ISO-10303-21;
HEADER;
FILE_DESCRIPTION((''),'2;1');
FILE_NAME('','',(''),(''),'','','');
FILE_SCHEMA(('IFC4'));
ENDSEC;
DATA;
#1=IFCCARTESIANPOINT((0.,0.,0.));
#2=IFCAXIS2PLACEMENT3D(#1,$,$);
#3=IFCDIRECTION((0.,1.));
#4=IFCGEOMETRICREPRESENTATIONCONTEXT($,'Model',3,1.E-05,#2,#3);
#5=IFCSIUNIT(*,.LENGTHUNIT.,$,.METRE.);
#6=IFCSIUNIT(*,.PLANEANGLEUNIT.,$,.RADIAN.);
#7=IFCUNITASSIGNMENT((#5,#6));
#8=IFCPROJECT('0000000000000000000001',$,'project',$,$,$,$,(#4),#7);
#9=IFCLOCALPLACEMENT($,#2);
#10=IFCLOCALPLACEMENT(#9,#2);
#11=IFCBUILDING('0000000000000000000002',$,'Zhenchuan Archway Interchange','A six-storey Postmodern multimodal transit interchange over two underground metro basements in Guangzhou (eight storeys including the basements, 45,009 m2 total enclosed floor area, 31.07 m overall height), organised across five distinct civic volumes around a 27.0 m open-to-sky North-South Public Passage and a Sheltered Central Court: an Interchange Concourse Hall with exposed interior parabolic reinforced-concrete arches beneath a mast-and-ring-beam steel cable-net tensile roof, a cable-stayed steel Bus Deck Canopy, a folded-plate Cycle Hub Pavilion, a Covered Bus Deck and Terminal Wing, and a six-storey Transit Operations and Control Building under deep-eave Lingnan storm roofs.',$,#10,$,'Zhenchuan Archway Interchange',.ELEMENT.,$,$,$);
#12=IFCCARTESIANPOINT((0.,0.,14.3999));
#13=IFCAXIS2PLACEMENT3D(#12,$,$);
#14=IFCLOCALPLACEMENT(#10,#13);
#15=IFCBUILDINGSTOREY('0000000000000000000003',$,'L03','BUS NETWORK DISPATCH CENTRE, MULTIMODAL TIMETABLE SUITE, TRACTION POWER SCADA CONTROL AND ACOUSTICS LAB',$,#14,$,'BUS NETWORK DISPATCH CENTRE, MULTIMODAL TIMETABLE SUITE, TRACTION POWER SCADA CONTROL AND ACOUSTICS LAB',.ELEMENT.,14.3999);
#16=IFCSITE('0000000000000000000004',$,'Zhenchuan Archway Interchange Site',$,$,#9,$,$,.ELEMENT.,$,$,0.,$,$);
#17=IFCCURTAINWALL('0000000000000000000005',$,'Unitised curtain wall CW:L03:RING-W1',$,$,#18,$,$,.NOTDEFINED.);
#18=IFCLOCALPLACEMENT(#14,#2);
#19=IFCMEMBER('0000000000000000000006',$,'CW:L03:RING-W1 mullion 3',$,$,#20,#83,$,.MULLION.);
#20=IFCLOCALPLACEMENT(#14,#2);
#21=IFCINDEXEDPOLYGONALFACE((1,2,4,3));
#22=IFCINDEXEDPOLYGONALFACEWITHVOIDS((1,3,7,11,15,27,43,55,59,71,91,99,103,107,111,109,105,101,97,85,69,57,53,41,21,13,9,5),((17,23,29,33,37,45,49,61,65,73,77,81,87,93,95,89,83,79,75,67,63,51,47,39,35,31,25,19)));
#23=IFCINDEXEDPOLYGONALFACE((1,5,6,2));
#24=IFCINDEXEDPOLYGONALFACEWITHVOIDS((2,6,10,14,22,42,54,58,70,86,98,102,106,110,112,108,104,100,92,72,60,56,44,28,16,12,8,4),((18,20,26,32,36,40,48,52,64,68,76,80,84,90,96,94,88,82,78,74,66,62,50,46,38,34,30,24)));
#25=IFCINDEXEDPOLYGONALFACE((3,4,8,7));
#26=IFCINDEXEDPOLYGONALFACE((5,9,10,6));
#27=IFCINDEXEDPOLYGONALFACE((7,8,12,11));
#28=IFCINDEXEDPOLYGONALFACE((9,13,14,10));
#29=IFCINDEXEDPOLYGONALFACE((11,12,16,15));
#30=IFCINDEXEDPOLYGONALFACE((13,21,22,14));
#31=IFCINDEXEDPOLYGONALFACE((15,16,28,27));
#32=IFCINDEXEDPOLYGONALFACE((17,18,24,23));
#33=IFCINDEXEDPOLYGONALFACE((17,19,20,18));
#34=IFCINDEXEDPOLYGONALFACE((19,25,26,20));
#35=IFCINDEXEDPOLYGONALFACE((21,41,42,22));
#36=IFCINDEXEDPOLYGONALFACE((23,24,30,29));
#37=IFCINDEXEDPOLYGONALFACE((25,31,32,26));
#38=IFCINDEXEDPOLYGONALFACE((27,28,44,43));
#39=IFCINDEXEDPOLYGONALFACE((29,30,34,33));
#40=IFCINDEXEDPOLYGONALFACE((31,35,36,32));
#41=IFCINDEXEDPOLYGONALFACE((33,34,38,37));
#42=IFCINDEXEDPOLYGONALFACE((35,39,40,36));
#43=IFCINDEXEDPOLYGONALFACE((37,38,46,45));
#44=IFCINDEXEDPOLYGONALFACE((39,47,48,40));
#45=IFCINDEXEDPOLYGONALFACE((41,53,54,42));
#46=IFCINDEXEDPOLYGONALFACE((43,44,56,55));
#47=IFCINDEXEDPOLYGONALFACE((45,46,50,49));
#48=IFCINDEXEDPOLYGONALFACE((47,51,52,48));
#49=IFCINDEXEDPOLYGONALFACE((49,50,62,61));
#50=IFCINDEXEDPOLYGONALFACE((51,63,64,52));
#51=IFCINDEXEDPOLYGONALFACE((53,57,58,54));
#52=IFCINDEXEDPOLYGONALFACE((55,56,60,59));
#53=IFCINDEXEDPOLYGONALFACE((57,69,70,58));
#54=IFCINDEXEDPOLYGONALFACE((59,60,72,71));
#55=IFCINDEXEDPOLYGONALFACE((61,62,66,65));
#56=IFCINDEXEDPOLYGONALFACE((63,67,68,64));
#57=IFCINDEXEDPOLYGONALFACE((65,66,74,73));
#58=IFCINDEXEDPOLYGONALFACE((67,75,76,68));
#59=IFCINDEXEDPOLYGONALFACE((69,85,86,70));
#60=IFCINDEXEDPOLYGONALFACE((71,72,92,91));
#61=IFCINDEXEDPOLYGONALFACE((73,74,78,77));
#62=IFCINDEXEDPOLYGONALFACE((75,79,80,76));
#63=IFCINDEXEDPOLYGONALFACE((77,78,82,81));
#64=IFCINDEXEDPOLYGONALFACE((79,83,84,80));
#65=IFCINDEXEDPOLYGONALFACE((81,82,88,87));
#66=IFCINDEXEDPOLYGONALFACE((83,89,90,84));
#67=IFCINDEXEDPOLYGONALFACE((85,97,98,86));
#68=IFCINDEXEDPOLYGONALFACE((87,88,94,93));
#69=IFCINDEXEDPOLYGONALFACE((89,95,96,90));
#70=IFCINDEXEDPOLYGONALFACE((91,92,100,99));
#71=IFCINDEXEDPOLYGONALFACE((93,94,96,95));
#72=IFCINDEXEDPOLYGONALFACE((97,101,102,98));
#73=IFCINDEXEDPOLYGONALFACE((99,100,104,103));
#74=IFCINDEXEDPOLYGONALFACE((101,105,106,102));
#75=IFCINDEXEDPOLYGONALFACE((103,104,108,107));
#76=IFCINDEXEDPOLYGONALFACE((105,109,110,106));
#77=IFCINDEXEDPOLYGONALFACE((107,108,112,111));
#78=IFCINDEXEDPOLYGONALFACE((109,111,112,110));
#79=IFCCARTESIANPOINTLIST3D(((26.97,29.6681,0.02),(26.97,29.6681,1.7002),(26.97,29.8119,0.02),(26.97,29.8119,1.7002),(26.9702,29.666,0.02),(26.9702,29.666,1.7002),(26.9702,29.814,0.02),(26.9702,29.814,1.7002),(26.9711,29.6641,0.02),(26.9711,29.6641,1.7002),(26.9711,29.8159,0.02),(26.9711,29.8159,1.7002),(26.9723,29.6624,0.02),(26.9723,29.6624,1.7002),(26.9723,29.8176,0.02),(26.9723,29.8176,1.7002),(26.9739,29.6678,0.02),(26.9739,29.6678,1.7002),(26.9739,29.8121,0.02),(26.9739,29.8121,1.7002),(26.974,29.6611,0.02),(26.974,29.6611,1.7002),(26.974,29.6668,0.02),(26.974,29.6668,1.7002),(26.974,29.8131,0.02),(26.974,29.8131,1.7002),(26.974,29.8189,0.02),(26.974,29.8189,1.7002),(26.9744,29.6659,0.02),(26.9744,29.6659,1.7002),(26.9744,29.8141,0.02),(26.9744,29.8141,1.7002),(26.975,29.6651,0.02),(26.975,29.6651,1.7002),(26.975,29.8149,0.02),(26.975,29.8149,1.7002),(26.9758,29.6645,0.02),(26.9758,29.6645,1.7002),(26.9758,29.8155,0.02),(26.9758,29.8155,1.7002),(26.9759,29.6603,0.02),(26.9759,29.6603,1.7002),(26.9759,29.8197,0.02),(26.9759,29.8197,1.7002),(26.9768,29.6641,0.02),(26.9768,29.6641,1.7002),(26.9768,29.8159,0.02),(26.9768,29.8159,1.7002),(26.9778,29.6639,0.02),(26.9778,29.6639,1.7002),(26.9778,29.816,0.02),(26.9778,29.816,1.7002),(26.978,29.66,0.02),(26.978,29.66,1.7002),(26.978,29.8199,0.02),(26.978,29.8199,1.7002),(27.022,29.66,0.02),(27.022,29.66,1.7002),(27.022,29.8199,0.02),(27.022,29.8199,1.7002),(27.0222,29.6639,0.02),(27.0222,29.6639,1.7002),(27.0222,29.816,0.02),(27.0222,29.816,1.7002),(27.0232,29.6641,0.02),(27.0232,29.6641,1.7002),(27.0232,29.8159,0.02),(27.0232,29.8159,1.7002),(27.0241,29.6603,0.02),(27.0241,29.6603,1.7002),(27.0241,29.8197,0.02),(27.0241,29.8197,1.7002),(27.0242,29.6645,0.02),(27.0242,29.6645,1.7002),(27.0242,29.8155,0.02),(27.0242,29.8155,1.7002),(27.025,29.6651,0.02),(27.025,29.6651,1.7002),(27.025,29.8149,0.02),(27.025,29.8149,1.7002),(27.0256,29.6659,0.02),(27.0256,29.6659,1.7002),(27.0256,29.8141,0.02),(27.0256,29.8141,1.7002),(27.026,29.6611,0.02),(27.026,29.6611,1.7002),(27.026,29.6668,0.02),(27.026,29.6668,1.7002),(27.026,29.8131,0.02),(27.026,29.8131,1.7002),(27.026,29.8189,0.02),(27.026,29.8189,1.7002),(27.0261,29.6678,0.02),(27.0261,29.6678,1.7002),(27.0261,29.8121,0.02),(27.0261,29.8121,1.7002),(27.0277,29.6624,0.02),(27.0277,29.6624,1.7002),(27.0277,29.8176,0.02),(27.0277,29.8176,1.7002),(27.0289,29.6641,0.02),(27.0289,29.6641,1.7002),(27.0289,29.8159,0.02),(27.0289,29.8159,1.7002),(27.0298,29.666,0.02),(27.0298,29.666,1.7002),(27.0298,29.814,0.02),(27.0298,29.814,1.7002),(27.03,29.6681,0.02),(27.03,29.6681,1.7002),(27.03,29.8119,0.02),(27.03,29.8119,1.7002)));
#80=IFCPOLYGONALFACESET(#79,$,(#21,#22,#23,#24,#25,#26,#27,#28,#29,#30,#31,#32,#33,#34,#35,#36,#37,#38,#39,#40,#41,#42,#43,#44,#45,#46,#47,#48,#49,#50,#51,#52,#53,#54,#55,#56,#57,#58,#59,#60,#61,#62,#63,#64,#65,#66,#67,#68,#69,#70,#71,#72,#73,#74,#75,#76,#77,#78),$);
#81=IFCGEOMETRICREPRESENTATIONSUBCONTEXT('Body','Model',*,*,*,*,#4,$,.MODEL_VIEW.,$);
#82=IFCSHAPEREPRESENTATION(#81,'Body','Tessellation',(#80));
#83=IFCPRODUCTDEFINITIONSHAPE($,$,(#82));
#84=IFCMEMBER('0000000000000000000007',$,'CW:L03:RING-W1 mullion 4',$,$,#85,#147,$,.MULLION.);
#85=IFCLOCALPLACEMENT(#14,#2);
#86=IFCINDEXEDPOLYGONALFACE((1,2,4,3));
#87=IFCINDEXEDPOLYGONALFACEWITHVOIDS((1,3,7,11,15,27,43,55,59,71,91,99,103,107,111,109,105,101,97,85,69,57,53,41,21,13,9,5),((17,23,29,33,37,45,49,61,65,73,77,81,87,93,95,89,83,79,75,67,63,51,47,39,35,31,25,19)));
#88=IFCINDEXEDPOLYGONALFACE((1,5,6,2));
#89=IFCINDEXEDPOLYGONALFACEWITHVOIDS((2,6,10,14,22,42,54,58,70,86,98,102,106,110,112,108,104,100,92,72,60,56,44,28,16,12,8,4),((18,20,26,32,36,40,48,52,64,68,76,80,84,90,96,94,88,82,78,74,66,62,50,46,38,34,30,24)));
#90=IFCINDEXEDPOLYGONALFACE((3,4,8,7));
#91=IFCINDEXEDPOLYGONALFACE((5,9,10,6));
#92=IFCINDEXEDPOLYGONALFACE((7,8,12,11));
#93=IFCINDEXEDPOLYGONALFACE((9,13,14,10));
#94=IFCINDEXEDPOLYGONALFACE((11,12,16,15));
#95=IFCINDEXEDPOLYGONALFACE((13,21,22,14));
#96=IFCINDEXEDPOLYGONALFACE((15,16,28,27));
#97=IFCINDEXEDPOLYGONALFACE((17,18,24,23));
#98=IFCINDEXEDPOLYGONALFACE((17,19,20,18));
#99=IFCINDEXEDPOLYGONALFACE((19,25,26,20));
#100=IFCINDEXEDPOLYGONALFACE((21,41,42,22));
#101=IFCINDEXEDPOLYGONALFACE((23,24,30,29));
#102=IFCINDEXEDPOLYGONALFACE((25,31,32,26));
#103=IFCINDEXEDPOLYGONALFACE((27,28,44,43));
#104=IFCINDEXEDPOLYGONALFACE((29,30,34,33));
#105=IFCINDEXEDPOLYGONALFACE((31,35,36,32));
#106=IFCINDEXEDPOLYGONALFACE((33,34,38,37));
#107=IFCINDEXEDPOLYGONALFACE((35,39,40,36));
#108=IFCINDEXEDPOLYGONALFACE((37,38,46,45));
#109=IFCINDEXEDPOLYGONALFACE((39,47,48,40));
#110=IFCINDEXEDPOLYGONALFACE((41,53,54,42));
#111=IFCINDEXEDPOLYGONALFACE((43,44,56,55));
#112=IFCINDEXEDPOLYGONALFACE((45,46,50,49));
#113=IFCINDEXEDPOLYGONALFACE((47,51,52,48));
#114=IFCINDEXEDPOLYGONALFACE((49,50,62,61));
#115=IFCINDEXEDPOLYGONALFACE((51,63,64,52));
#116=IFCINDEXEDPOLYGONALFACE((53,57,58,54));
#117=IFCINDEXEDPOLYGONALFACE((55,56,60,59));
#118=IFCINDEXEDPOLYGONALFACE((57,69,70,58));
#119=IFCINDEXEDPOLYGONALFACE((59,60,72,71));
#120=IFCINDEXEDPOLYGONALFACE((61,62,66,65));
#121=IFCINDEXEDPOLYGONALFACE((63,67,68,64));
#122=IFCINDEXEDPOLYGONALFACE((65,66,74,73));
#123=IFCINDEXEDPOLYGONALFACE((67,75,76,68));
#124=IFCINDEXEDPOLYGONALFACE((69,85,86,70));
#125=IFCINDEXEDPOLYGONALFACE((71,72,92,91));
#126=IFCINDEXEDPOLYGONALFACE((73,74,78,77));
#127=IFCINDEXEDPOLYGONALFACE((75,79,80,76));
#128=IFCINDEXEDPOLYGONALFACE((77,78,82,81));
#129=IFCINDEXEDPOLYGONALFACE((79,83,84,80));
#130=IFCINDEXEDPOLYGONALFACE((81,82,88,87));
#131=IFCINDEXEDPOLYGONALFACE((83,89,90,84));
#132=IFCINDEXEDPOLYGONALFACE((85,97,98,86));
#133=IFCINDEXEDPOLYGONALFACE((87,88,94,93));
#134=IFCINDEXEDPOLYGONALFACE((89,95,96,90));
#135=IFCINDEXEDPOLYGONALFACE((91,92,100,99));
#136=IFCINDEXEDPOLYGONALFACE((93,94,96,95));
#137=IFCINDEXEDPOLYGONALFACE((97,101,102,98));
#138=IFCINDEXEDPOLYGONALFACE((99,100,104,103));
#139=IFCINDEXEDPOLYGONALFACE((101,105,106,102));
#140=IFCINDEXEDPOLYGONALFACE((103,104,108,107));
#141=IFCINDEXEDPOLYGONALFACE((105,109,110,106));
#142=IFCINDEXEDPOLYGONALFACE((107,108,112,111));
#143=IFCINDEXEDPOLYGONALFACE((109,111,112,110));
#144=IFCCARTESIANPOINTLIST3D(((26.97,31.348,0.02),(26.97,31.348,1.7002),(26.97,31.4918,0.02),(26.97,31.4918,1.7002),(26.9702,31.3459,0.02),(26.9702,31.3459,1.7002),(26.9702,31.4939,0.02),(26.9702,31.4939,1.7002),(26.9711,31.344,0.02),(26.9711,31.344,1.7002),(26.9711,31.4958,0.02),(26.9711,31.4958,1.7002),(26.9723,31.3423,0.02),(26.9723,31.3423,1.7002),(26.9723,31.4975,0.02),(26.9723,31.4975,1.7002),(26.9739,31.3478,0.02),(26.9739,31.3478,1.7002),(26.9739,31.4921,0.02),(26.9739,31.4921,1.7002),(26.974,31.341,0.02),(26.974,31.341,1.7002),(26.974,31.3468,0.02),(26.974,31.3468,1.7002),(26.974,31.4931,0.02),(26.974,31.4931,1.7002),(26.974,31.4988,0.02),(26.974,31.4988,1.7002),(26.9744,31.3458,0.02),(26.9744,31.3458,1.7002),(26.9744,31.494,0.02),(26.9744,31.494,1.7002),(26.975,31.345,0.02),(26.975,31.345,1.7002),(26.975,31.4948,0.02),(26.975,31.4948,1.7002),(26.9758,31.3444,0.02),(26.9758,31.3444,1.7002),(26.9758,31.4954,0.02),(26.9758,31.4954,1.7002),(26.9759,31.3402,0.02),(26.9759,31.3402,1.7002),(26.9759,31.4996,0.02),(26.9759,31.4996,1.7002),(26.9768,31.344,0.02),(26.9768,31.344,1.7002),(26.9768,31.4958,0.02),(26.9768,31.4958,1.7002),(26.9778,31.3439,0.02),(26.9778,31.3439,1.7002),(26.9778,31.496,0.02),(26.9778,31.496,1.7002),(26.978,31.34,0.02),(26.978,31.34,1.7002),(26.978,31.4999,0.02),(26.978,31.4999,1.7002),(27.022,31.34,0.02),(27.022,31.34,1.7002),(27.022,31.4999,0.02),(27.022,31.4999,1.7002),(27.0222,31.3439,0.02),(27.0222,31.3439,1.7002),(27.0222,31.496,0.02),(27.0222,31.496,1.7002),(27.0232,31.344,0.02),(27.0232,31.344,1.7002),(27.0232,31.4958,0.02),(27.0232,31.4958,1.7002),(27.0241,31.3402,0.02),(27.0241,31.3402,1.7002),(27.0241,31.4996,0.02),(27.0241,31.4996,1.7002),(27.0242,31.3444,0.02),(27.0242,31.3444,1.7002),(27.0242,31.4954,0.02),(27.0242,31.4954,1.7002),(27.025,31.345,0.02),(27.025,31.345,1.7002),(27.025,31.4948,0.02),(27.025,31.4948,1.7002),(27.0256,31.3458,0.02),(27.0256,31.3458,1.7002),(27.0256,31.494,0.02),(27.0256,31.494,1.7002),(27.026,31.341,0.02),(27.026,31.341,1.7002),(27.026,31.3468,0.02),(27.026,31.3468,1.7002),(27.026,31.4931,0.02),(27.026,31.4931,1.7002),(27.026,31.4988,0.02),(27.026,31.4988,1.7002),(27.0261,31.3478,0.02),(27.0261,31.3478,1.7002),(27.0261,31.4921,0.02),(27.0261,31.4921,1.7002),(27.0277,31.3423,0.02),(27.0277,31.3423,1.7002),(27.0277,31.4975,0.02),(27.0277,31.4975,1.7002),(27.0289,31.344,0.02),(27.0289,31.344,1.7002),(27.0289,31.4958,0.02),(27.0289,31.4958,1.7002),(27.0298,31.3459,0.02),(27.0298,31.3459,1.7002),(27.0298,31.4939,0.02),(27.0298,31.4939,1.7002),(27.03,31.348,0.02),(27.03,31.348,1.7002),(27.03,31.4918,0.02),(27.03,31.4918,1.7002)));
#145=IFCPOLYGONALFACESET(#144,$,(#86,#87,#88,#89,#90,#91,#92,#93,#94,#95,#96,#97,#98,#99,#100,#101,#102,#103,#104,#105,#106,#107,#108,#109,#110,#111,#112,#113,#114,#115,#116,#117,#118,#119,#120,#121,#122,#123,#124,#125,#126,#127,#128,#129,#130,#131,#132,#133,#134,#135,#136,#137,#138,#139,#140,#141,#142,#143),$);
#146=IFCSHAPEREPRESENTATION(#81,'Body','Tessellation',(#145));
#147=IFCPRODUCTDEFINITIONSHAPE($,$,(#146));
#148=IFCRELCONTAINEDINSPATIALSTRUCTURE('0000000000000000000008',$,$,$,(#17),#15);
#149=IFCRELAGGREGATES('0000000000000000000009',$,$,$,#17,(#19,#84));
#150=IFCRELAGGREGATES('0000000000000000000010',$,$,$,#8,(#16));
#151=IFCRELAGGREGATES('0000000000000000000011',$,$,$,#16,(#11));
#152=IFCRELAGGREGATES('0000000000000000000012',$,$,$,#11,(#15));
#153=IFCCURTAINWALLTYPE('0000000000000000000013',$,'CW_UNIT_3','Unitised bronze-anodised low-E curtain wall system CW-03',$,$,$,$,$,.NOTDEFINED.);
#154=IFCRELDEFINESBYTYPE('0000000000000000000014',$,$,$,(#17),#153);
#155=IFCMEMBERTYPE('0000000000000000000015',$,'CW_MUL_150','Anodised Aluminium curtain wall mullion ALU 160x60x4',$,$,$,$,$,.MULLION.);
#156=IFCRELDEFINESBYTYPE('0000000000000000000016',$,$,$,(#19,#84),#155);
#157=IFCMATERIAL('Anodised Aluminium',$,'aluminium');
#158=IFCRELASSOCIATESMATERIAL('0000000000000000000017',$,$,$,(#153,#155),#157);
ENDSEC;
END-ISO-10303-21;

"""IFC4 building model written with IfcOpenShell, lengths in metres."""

from ifc_helpers import new_model, si_unit, direction, frame, origin, origin_2d, place, context, subcontext, project, spatial, hollow_rectangle, extrude, material, material_profile, profile_set, type_object, element, aggregate, save


model = new_model("IFC4")

# Units and contexts
model_context = context("Model", 3, precision=1e-05, world=origin(), true_north=direction((0.0, 1.0)))
body_context = subcontext(model_context, "Body", "Model", "MODEL_VIEW")
ifc_project = project(units=[si_unit("LENGTHUNIT", "METRE"), si_unit("PLANEANGLEUNIT", "RADIAN")], contexts=[model_context])

# Site, building, storey
site_placement = place(None, origin())
site = spatial("IfcSite", under=ifc_project, at=site_placement, Name="Zhenchuan Archway Interchange Site", CompositionType="ELEMENT", RefElevation=0.0)
building_placement = place(site_placement, origin())
building = spatial("IfcBuilding", under=site, at=building_placement, Name="Zhenchuan Archway Interchange", Description="A six-storey Postmodern multimodal transit interchange over two underground metro basements in Guangzhou (eight storeys including the basements, 45,009 m2 total enclosed floor area, 31.07 m overall height), organised across five distinct civic volumes around a 27.0 m open-to-sky North-South Public Passage and a Sheltered Central Court: an Interchange Concourse Hall with exposed interior parabolic reinforced-concrete arches beneath a mast-and-ring-beam steel cable-net tensile roof, a cable-stayed steel Bus Deck Canopy, a folded-plate Cycle Hub Pavilion, a Covered Bus Deck and Terminal Wing, and a six-storey Transit Operations and Control Building under deep-eave Lingnan storm roofs.", LongName="Zhenchuan Archway Interchange", CompositionType="ELEMENT")
storey_placement = place(building_placement, frame((0.0, 0.0, 14.3999)))
storey = spatial("IfcBuildingStorey", under=building, at=storey_placement, Name="L03", Description="BUS NETWORK DISPATCH CENTRE, MULTIMODAL TIMETABLE SUITE, TRACTION POWER SCADA CONTROL AND ACOUSTICS LAB", LongName="BUS NETWORK DISPATCH CENTRE, MULTIMODAL TIMETABLE SUITE, TRACTION POWER SCADA CONTROL AND ACOUSTICS LAB", CompositionType="ELEMENT", Elevation=14.3999)

# Curtain wall, members
ifc_material_1 = material(Name="Anodised Aluminium", Category="aluminium")
curtain_wall_type_1 = type_object("IfcCurtainWallType", Name="CW_UNIT_3", Description="Unitised bronze-anodised low-E curtain wall system CW-03", PredefinedType="NOTDEFINED", material=ifc_material_1)
curtain_wall_1_placement = place(storey_placement, origin())
curtain_wall_1 = element("IfcCurtainWall", 1, at=curtain_wall_1_placement, inside=storey, type_object=curtain_wall_type_1, Name="Unitised curtain wall CW:L03:RING-W1", PredefinedType="NOTDEFINED")
ifc_material_profile_1 = material_profile(ifc_material_1, hollow_rectangle(XDim=0.0601, YDim=0.1599, WallThickness=0.0039, InnerFilletRadius=0.0039, OuterFilletRadius=0.0081, at=origin_2d()), Name="ALU 160x60x4")
ifc_profile_set_1 = profile_set([ifc_material_profile_1], Name="Anodised Aluminium")
member_type_1 = type_object("IfcMemberType", Name="CW_MUL_150", Description="Anodised Aluminium curtain wall mullion ALU 160x60x4", PredefinedType="MULLION", material=ifc_profile_set_1)
member_1_placement = place(storey_placement, frame((27.0, 29.74, 0.02), z_axis=(0.0, 0.0, 1.0), x_axis=(1.0, 0.0, 0.0)))
member_1 = element("IfcMember", 2, at=member_1_placement, type_object=member_type_1, Name="CW:L03:RING-W1 mullion 3", PredefinedType="MULLION", context=body_context, shape_type="SweptSolid", body=[
    extrude(hollow_rectangle(XDim=0.0601, YDim=0.1599, WallThickness=0.0039, InnerFilletRadius=0.0039, OuterFilletRadius=0.0081, at=origin_2d()), origin(), (0.0, 0.0, 1.0), 1.6802),
])
member_2_placement = place(storey_placement, frame((27.0, 31.4199, 0.02), z_axis=(0.0, 0.0, 1.0), x_axis=(1.0, 0.0, 0.0)))
member_2 = element("IfcMember", 3, at=member_2_placement, type_object=member_type_1, Name="CW:L03:RING-W1 mullion 4", PredefinedType="MULLION", context=body_context, shape_type="SweptSolid", body=[
    extrude(hollow_rectangle(XDim=0.0601, YDim=0.1599, WallThickness=0.0039, InnerFilletRadius=0.0039, OuterFilletRadius=0.0081, at=origin_2d()), origin(), (0.0, 0.0, 1.0), 1.6802),
])

aggregate(curtain_wall_1, [member_1, member_2])

save(model, "model.ifc")
